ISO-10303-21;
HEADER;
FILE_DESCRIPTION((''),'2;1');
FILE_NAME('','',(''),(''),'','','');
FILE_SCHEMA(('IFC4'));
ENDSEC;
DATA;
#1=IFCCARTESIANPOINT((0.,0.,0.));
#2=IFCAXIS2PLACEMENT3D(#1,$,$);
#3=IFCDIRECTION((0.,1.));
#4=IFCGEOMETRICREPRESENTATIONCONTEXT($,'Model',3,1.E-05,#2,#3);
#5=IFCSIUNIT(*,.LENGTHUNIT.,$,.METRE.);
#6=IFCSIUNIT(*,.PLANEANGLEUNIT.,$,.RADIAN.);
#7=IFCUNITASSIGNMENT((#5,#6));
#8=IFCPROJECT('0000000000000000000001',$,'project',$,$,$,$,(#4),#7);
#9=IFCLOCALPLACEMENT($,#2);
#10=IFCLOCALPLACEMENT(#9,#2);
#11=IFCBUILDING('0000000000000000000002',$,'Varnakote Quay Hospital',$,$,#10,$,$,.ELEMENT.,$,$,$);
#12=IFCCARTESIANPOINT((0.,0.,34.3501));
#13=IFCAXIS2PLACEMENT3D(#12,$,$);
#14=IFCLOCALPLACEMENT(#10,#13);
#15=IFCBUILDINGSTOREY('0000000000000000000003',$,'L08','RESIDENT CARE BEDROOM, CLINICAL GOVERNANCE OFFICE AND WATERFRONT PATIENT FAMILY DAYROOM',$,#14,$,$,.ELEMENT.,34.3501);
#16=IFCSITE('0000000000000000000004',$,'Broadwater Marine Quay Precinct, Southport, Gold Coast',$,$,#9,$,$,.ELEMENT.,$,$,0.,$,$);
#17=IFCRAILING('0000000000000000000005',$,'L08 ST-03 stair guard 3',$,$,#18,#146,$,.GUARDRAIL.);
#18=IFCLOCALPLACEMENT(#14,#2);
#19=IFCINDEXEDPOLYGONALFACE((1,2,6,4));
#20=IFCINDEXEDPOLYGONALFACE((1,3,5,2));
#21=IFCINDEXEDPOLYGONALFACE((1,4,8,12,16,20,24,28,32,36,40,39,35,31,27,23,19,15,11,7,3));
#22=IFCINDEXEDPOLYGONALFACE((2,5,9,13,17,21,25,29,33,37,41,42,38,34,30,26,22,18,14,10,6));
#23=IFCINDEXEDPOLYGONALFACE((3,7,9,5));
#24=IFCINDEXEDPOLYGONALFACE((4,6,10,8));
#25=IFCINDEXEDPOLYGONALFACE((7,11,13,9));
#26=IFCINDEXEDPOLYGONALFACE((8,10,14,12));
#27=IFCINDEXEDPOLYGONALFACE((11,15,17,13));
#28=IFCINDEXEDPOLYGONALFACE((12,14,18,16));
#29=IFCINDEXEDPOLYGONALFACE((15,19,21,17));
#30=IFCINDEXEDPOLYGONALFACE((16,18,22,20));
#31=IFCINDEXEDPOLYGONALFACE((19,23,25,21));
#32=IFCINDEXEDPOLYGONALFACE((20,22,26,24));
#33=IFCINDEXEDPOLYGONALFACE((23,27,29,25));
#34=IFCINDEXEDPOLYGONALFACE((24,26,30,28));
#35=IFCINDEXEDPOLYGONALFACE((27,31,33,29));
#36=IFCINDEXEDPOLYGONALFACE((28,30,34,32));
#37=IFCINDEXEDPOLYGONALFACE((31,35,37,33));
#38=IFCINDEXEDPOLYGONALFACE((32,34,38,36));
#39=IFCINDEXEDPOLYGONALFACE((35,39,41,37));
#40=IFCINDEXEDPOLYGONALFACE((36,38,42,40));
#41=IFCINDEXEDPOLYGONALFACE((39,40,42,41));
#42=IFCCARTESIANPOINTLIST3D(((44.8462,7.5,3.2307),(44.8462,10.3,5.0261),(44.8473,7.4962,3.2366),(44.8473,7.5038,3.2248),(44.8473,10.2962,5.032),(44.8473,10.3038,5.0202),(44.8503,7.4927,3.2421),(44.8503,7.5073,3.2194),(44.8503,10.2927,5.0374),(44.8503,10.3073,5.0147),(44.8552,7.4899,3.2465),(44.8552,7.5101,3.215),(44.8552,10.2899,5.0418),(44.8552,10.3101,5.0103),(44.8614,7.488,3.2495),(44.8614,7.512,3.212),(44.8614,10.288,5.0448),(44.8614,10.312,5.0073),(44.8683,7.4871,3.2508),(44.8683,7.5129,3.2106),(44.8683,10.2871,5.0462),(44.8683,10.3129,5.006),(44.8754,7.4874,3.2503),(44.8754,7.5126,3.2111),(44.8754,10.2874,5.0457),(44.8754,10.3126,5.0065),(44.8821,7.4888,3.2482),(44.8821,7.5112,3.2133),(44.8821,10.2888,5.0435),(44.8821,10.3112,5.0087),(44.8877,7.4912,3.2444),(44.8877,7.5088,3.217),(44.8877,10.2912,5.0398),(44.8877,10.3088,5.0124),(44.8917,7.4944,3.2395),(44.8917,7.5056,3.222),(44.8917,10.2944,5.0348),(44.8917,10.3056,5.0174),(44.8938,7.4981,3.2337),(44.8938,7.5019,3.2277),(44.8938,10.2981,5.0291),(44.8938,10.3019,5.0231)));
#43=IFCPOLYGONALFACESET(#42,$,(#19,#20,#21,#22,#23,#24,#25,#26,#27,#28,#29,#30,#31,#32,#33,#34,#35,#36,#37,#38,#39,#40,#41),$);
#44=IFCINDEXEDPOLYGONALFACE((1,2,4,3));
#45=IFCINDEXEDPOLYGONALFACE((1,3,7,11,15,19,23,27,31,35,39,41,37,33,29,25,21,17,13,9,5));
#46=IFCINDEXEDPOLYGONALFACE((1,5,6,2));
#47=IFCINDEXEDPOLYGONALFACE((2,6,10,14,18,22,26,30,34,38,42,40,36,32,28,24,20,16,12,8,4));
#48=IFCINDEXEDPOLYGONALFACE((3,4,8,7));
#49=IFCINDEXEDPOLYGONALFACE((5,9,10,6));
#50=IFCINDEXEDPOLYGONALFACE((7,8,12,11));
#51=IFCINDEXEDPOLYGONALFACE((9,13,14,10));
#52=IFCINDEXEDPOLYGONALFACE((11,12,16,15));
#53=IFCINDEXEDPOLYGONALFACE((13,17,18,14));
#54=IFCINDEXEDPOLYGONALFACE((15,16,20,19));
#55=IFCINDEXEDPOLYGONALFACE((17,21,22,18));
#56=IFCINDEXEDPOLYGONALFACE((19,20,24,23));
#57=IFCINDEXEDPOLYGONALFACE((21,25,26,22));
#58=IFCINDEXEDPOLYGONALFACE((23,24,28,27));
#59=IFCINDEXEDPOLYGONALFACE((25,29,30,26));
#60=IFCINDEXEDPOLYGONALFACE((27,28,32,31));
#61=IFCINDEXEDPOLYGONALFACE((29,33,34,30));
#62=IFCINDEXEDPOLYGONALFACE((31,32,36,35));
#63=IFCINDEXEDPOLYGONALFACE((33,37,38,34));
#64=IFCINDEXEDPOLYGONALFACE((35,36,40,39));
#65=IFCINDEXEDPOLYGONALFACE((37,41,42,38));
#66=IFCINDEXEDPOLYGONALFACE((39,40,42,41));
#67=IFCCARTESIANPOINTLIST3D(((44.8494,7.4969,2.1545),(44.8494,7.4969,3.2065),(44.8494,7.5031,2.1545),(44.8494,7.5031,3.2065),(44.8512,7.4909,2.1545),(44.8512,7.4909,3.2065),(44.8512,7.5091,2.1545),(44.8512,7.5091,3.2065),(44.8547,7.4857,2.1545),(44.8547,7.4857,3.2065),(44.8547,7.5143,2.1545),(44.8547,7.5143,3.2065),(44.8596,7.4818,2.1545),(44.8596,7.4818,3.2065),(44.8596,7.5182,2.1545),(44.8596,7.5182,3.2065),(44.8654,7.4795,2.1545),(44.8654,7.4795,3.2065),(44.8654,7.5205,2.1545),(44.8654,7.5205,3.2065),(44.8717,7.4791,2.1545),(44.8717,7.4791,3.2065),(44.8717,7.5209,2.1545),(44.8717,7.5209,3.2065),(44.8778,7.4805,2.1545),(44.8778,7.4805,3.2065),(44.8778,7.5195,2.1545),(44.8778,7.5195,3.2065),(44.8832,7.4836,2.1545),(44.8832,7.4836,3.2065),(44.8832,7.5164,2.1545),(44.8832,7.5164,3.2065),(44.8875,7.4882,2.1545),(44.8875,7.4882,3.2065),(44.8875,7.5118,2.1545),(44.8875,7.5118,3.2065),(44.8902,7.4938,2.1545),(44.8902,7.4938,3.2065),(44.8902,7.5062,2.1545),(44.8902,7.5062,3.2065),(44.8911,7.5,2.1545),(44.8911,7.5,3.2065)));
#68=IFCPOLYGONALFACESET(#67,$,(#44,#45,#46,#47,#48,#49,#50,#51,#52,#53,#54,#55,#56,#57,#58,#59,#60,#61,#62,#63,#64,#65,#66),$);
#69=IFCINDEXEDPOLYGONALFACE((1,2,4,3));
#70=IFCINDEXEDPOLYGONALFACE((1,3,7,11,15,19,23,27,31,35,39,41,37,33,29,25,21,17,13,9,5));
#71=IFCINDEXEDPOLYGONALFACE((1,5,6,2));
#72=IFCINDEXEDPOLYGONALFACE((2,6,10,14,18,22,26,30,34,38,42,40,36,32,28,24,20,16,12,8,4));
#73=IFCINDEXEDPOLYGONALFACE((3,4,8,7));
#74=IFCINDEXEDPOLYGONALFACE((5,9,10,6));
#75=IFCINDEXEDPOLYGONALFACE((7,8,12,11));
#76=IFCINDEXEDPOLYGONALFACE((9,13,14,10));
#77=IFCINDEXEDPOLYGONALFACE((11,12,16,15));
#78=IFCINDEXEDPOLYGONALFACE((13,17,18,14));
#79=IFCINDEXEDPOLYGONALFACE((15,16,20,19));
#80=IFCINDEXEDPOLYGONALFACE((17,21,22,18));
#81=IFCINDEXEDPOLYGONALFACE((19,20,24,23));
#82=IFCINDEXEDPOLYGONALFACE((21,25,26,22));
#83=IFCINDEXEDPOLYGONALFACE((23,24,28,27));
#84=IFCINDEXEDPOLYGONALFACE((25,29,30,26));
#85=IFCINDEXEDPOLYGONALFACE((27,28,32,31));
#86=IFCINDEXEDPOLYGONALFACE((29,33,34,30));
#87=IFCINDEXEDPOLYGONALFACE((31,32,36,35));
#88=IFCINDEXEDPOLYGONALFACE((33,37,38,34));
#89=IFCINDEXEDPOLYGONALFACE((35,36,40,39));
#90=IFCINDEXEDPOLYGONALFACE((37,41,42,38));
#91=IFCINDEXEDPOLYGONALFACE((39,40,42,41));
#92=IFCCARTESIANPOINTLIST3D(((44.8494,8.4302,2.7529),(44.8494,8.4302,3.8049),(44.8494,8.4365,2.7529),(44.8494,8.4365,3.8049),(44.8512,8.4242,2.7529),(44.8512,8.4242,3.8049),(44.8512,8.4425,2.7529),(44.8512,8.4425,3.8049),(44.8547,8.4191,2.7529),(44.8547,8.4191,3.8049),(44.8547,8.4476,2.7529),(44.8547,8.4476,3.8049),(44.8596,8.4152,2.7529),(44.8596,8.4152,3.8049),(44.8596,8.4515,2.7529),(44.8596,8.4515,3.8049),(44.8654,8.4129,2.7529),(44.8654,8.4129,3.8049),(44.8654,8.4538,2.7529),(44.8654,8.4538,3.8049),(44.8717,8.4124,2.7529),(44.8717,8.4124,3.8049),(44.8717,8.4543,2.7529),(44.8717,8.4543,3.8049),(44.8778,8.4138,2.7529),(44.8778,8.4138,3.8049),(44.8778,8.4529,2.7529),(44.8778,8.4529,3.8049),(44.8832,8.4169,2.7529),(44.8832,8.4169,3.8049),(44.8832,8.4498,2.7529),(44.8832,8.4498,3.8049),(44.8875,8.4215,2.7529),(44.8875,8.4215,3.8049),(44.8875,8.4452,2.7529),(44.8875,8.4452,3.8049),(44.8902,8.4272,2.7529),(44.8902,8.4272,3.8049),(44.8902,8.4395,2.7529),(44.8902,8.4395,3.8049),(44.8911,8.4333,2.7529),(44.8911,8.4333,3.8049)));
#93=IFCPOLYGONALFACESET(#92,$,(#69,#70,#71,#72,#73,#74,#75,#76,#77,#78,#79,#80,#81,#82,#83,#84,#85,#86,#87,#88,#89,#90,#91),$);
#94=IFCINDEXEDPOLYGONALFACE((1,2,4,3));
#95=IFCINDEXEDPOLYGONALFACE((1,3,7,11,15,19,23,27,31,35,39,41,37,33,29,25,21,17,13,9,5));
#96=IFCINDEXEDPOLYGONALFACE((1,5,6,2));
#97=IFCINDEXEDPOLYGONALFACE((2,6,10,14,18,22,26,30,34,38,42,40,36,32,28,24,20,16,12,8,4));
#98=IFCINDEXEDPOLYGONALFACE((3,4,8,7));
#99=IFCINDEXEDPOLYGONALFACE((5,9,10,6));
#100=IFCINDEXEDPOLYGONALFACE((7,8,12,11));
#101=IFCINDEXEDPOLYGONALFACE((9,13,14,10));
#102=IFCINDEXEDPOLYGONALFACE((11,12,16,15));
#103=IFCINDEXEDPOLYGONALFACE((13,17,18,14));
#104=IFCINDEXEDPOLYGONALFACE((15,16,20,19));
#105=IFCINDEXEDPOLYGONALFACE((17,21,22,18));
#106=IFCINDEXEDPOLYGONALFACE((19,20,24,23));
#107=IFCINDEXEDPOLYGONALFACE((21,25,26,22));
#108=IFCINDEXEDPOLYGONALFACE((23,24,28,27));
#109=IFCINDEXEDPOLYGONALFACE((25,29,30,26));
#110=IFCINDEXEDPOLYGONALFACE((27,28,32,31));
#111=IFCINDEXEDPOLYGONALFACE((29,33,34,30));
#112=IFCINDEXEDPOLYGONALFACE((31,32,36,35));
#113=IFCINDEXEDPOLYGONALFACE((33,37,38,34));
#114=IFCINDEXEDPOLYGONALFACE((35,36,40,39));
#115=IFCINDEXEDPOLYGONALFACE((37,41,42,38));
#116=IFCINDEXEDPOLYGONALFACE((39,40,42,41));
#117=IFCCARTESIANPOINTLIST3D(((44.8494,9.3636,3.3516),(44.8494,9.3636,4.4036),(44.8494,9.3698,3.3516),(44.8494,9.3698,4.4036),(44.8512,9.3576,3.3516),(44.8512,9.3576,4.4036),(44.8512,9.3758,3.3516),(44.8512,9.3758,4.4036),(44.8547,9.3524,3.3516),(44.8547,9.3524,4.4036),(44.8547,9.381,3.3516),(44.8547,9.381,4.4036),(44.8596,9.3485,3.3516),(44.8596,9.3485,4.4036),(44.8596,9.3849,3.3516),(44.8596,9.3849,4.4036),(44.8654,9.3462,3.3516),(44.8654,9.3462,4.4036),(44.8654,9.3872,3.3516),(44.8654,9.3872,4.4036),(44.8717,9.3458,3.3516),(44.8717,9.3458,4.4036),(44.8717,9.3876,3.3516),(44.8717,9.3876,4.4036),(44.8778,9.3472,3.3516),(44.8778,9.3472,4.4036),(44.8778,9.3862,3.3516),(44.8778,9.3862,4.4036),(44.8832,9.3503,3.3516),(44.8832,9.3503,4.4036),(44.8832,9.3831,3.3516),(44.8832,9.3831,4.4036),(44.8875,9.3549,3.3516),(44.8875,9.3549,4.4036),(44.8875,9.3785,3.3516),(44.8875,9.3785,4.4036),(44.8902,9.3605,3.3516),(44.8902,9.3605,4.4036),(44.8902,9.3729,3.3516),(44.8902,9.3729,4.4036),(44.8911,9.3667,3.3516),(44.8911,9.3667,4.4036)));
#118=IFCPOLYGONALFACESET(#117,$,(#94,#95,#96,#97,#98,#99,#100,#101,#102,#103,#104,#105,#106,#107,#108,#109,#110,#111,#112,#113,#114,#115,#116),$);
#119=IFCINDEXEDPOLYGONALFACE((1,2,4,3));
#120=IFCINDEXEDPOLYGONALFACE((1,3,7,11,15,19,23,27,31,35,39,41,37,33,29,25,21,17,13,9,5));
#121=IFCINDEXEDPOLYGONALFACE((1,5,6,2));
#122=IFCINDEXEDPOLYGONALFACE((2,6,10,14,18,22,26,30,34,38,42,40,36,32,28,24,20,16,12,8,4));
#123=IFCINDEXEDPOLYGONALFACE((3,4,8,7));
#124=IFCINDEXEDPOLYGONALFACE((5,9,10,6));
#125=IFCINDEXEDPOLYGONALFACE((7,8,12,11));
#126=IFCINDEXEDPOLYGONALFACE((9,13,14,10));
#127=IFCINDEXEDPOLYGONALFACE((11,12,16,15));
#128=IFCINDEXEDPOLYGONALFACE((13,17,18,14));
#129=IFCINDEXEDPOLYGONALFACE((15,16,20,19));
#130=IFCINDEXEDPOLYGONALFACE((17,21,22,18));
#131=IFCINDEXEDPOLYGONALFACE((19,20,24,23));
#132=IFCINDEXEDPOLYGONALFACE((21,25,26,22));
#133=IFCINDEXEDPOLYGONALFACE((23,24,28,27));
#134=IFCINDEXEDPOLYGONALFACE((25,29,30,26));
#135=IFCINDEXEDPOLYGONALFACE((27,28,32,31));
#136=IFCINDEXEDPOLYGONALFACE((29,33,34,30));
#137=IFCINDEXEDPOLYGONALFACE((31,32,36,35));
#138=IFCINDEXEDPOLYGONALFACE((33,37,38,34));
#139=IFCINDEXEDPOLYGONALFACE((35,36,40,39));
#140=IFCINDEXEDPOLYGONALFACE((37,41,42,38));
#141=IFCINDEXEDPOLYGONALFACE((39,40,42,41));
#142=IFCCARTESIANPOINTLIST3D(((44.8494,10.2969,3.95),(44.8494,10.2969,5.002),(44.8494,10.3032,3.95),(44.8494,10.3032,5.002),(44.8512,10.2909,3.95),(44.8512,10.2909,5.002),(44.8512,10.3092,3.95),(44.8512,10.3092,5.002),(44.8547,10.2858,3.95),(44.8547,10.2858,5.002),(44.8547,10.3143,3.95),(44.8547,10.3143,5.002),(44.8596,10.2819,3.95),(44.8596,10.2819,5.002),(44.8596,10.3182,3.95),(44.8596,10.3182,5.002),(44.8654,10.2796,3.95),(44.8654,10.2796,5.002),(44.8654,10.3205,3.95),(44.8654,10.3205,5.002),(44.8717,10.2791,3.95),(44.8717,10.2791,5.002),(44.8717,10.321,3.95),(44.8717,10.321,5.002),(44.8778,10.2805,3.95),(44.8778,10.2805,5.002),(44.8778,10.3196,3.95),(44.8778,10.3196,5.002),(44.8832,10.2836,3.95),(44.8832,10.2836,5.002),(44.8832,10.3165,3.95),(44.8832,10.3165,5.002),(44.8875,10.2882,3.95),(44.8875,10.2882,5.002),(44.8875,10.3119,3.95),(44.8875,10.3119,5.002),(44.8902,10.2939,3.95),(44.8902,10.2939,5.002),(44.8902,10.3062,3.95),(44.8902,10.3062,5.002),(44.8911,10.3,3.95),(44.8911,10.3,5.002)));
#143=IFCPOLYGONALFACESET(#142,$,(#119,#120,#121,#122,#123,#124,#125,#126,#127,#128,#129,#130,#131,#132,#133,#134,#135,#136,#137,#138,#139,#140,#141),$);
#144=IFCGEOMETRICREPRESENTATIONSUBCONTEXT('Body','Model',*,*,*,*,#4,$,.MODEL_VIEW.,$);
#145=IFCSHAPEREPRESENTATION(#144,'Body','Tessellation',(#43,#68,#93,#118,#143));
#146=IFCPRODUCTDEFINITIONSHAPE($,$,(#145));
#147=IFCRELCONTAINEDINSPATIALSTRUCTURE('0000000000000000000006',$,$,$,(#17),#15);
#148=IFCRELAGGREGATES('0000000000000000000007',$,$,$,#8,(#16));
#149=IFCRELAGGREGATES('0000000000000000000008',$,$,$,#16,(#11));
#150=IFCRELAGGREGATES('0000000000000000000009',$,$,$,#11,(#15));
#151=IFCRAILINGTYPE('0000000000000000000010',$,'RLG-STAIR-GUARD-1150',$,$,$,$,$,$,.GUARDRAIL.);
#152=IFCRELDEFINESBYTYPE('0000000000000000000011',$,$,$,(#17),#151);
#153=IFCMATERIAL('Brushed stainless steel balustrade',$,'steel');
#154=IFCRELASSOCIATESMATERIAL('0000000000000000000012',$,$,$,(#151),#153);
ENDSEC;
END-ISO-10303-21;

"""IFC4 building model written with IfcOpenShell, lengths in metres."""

from ifc_helpers import new_model, si_unit, direction, frame, origin, origin_2d, place, context, subcontext, project, spatial, circle, extrude, material, type_object, element, save


model = new_model("IFC4")

# Units and contexts
model_context = context("Model", 3, precision=1e-05, world=origin(), true_north=direction((0.0, 1.0)))
body_context = subcontext(model_context, "Body", "Model", "MODEL_VIEW")
ifc_project = project(units=[si_unit("LENGTHUNIT", "METRE"), si_unit("PLANEANGLEUNIT", "RADIAN")], contexts=[model_context])

# Site, building, storey
site_placement = place(None, origin())
site = spatial("IfcSite", under=ifc_project, at=site_placement, Name="Broadwater Marine Quay Precinct, Southport, Gold Coast", CompositionType="ELEMENT", RefElevation=0.0)
building_placement = place(site_placement, origin())
building = spatial("IfcBuilding", under=site, at=building_placement, Name="Varnakote Quay Hospital", CompositionType="ELEMENT")
storey_placement = place(building_placement, frame((0.0, 0.0, 34.3501)))
storey = spatial("IfcBuildingStorey", under=building, at=storey_placement, Name="L08", Description="RESIDENT CARE BEDROOM, CLINICAL GOVERNANCE OFFICE AND WATERFRONT PATIENT FAMILY DAYROOM", CompositionType="ELEMENT", Elevation=34.3501)

# Railing
ifc_material_1 = material(Name="Brushed stainless steel balustrade", Category="steel")
railing_type_1 = type_object("IfcRailingType", Name="RLG-STAIR-GUARD-1150", PredefinedType="GUARDRAIL", material=ifc_material_1)
railing_1_placement = place(storey_placement, frame((44.8701, 7.5, 2.1545)))
element("IfcRailing", 1, at=railing_1_placement, inside=storey, type_object=railing_type_1, Name="L08 ST-03 stair guard 3", PredefinedType="GUARDRAIL", context=body_context, shape_type="SweptSolid", body=[
    extrude(circle(Radius=0.0239, at=origin_2d()), frame((0.0, 0.0, 1.0762), z_axis=(0.0, 0.84181, 0.539774), x_axis=(-1.0, 0.0, 0.0)), (0.0, 0.0, 1.0), 3.3262),
    extrude(circle(Radius=0.021, at=origin_2d()), origin(), (0.0, 0.0, 1.0), 1.052),
    extrude(circle(Radius=0.021, at=origin_2d()), frame((0.0, 0.9333, 0.5984)), (0.0, 0.0, 1.0), 1.052),
    extrude(circle(Radius=0.021, at=origin_2d()), frame((0.0, 1.8667, 1.197)), (0.0, 0.0, 1.0), 1.052),
    extrude(circle(Radius=0.021, at=origin_2d()), frame((0.0, 2.8, 1.7954)), (0.0, 0.0, 1.0), 1.052),
])

save(model, "model.ifc")
